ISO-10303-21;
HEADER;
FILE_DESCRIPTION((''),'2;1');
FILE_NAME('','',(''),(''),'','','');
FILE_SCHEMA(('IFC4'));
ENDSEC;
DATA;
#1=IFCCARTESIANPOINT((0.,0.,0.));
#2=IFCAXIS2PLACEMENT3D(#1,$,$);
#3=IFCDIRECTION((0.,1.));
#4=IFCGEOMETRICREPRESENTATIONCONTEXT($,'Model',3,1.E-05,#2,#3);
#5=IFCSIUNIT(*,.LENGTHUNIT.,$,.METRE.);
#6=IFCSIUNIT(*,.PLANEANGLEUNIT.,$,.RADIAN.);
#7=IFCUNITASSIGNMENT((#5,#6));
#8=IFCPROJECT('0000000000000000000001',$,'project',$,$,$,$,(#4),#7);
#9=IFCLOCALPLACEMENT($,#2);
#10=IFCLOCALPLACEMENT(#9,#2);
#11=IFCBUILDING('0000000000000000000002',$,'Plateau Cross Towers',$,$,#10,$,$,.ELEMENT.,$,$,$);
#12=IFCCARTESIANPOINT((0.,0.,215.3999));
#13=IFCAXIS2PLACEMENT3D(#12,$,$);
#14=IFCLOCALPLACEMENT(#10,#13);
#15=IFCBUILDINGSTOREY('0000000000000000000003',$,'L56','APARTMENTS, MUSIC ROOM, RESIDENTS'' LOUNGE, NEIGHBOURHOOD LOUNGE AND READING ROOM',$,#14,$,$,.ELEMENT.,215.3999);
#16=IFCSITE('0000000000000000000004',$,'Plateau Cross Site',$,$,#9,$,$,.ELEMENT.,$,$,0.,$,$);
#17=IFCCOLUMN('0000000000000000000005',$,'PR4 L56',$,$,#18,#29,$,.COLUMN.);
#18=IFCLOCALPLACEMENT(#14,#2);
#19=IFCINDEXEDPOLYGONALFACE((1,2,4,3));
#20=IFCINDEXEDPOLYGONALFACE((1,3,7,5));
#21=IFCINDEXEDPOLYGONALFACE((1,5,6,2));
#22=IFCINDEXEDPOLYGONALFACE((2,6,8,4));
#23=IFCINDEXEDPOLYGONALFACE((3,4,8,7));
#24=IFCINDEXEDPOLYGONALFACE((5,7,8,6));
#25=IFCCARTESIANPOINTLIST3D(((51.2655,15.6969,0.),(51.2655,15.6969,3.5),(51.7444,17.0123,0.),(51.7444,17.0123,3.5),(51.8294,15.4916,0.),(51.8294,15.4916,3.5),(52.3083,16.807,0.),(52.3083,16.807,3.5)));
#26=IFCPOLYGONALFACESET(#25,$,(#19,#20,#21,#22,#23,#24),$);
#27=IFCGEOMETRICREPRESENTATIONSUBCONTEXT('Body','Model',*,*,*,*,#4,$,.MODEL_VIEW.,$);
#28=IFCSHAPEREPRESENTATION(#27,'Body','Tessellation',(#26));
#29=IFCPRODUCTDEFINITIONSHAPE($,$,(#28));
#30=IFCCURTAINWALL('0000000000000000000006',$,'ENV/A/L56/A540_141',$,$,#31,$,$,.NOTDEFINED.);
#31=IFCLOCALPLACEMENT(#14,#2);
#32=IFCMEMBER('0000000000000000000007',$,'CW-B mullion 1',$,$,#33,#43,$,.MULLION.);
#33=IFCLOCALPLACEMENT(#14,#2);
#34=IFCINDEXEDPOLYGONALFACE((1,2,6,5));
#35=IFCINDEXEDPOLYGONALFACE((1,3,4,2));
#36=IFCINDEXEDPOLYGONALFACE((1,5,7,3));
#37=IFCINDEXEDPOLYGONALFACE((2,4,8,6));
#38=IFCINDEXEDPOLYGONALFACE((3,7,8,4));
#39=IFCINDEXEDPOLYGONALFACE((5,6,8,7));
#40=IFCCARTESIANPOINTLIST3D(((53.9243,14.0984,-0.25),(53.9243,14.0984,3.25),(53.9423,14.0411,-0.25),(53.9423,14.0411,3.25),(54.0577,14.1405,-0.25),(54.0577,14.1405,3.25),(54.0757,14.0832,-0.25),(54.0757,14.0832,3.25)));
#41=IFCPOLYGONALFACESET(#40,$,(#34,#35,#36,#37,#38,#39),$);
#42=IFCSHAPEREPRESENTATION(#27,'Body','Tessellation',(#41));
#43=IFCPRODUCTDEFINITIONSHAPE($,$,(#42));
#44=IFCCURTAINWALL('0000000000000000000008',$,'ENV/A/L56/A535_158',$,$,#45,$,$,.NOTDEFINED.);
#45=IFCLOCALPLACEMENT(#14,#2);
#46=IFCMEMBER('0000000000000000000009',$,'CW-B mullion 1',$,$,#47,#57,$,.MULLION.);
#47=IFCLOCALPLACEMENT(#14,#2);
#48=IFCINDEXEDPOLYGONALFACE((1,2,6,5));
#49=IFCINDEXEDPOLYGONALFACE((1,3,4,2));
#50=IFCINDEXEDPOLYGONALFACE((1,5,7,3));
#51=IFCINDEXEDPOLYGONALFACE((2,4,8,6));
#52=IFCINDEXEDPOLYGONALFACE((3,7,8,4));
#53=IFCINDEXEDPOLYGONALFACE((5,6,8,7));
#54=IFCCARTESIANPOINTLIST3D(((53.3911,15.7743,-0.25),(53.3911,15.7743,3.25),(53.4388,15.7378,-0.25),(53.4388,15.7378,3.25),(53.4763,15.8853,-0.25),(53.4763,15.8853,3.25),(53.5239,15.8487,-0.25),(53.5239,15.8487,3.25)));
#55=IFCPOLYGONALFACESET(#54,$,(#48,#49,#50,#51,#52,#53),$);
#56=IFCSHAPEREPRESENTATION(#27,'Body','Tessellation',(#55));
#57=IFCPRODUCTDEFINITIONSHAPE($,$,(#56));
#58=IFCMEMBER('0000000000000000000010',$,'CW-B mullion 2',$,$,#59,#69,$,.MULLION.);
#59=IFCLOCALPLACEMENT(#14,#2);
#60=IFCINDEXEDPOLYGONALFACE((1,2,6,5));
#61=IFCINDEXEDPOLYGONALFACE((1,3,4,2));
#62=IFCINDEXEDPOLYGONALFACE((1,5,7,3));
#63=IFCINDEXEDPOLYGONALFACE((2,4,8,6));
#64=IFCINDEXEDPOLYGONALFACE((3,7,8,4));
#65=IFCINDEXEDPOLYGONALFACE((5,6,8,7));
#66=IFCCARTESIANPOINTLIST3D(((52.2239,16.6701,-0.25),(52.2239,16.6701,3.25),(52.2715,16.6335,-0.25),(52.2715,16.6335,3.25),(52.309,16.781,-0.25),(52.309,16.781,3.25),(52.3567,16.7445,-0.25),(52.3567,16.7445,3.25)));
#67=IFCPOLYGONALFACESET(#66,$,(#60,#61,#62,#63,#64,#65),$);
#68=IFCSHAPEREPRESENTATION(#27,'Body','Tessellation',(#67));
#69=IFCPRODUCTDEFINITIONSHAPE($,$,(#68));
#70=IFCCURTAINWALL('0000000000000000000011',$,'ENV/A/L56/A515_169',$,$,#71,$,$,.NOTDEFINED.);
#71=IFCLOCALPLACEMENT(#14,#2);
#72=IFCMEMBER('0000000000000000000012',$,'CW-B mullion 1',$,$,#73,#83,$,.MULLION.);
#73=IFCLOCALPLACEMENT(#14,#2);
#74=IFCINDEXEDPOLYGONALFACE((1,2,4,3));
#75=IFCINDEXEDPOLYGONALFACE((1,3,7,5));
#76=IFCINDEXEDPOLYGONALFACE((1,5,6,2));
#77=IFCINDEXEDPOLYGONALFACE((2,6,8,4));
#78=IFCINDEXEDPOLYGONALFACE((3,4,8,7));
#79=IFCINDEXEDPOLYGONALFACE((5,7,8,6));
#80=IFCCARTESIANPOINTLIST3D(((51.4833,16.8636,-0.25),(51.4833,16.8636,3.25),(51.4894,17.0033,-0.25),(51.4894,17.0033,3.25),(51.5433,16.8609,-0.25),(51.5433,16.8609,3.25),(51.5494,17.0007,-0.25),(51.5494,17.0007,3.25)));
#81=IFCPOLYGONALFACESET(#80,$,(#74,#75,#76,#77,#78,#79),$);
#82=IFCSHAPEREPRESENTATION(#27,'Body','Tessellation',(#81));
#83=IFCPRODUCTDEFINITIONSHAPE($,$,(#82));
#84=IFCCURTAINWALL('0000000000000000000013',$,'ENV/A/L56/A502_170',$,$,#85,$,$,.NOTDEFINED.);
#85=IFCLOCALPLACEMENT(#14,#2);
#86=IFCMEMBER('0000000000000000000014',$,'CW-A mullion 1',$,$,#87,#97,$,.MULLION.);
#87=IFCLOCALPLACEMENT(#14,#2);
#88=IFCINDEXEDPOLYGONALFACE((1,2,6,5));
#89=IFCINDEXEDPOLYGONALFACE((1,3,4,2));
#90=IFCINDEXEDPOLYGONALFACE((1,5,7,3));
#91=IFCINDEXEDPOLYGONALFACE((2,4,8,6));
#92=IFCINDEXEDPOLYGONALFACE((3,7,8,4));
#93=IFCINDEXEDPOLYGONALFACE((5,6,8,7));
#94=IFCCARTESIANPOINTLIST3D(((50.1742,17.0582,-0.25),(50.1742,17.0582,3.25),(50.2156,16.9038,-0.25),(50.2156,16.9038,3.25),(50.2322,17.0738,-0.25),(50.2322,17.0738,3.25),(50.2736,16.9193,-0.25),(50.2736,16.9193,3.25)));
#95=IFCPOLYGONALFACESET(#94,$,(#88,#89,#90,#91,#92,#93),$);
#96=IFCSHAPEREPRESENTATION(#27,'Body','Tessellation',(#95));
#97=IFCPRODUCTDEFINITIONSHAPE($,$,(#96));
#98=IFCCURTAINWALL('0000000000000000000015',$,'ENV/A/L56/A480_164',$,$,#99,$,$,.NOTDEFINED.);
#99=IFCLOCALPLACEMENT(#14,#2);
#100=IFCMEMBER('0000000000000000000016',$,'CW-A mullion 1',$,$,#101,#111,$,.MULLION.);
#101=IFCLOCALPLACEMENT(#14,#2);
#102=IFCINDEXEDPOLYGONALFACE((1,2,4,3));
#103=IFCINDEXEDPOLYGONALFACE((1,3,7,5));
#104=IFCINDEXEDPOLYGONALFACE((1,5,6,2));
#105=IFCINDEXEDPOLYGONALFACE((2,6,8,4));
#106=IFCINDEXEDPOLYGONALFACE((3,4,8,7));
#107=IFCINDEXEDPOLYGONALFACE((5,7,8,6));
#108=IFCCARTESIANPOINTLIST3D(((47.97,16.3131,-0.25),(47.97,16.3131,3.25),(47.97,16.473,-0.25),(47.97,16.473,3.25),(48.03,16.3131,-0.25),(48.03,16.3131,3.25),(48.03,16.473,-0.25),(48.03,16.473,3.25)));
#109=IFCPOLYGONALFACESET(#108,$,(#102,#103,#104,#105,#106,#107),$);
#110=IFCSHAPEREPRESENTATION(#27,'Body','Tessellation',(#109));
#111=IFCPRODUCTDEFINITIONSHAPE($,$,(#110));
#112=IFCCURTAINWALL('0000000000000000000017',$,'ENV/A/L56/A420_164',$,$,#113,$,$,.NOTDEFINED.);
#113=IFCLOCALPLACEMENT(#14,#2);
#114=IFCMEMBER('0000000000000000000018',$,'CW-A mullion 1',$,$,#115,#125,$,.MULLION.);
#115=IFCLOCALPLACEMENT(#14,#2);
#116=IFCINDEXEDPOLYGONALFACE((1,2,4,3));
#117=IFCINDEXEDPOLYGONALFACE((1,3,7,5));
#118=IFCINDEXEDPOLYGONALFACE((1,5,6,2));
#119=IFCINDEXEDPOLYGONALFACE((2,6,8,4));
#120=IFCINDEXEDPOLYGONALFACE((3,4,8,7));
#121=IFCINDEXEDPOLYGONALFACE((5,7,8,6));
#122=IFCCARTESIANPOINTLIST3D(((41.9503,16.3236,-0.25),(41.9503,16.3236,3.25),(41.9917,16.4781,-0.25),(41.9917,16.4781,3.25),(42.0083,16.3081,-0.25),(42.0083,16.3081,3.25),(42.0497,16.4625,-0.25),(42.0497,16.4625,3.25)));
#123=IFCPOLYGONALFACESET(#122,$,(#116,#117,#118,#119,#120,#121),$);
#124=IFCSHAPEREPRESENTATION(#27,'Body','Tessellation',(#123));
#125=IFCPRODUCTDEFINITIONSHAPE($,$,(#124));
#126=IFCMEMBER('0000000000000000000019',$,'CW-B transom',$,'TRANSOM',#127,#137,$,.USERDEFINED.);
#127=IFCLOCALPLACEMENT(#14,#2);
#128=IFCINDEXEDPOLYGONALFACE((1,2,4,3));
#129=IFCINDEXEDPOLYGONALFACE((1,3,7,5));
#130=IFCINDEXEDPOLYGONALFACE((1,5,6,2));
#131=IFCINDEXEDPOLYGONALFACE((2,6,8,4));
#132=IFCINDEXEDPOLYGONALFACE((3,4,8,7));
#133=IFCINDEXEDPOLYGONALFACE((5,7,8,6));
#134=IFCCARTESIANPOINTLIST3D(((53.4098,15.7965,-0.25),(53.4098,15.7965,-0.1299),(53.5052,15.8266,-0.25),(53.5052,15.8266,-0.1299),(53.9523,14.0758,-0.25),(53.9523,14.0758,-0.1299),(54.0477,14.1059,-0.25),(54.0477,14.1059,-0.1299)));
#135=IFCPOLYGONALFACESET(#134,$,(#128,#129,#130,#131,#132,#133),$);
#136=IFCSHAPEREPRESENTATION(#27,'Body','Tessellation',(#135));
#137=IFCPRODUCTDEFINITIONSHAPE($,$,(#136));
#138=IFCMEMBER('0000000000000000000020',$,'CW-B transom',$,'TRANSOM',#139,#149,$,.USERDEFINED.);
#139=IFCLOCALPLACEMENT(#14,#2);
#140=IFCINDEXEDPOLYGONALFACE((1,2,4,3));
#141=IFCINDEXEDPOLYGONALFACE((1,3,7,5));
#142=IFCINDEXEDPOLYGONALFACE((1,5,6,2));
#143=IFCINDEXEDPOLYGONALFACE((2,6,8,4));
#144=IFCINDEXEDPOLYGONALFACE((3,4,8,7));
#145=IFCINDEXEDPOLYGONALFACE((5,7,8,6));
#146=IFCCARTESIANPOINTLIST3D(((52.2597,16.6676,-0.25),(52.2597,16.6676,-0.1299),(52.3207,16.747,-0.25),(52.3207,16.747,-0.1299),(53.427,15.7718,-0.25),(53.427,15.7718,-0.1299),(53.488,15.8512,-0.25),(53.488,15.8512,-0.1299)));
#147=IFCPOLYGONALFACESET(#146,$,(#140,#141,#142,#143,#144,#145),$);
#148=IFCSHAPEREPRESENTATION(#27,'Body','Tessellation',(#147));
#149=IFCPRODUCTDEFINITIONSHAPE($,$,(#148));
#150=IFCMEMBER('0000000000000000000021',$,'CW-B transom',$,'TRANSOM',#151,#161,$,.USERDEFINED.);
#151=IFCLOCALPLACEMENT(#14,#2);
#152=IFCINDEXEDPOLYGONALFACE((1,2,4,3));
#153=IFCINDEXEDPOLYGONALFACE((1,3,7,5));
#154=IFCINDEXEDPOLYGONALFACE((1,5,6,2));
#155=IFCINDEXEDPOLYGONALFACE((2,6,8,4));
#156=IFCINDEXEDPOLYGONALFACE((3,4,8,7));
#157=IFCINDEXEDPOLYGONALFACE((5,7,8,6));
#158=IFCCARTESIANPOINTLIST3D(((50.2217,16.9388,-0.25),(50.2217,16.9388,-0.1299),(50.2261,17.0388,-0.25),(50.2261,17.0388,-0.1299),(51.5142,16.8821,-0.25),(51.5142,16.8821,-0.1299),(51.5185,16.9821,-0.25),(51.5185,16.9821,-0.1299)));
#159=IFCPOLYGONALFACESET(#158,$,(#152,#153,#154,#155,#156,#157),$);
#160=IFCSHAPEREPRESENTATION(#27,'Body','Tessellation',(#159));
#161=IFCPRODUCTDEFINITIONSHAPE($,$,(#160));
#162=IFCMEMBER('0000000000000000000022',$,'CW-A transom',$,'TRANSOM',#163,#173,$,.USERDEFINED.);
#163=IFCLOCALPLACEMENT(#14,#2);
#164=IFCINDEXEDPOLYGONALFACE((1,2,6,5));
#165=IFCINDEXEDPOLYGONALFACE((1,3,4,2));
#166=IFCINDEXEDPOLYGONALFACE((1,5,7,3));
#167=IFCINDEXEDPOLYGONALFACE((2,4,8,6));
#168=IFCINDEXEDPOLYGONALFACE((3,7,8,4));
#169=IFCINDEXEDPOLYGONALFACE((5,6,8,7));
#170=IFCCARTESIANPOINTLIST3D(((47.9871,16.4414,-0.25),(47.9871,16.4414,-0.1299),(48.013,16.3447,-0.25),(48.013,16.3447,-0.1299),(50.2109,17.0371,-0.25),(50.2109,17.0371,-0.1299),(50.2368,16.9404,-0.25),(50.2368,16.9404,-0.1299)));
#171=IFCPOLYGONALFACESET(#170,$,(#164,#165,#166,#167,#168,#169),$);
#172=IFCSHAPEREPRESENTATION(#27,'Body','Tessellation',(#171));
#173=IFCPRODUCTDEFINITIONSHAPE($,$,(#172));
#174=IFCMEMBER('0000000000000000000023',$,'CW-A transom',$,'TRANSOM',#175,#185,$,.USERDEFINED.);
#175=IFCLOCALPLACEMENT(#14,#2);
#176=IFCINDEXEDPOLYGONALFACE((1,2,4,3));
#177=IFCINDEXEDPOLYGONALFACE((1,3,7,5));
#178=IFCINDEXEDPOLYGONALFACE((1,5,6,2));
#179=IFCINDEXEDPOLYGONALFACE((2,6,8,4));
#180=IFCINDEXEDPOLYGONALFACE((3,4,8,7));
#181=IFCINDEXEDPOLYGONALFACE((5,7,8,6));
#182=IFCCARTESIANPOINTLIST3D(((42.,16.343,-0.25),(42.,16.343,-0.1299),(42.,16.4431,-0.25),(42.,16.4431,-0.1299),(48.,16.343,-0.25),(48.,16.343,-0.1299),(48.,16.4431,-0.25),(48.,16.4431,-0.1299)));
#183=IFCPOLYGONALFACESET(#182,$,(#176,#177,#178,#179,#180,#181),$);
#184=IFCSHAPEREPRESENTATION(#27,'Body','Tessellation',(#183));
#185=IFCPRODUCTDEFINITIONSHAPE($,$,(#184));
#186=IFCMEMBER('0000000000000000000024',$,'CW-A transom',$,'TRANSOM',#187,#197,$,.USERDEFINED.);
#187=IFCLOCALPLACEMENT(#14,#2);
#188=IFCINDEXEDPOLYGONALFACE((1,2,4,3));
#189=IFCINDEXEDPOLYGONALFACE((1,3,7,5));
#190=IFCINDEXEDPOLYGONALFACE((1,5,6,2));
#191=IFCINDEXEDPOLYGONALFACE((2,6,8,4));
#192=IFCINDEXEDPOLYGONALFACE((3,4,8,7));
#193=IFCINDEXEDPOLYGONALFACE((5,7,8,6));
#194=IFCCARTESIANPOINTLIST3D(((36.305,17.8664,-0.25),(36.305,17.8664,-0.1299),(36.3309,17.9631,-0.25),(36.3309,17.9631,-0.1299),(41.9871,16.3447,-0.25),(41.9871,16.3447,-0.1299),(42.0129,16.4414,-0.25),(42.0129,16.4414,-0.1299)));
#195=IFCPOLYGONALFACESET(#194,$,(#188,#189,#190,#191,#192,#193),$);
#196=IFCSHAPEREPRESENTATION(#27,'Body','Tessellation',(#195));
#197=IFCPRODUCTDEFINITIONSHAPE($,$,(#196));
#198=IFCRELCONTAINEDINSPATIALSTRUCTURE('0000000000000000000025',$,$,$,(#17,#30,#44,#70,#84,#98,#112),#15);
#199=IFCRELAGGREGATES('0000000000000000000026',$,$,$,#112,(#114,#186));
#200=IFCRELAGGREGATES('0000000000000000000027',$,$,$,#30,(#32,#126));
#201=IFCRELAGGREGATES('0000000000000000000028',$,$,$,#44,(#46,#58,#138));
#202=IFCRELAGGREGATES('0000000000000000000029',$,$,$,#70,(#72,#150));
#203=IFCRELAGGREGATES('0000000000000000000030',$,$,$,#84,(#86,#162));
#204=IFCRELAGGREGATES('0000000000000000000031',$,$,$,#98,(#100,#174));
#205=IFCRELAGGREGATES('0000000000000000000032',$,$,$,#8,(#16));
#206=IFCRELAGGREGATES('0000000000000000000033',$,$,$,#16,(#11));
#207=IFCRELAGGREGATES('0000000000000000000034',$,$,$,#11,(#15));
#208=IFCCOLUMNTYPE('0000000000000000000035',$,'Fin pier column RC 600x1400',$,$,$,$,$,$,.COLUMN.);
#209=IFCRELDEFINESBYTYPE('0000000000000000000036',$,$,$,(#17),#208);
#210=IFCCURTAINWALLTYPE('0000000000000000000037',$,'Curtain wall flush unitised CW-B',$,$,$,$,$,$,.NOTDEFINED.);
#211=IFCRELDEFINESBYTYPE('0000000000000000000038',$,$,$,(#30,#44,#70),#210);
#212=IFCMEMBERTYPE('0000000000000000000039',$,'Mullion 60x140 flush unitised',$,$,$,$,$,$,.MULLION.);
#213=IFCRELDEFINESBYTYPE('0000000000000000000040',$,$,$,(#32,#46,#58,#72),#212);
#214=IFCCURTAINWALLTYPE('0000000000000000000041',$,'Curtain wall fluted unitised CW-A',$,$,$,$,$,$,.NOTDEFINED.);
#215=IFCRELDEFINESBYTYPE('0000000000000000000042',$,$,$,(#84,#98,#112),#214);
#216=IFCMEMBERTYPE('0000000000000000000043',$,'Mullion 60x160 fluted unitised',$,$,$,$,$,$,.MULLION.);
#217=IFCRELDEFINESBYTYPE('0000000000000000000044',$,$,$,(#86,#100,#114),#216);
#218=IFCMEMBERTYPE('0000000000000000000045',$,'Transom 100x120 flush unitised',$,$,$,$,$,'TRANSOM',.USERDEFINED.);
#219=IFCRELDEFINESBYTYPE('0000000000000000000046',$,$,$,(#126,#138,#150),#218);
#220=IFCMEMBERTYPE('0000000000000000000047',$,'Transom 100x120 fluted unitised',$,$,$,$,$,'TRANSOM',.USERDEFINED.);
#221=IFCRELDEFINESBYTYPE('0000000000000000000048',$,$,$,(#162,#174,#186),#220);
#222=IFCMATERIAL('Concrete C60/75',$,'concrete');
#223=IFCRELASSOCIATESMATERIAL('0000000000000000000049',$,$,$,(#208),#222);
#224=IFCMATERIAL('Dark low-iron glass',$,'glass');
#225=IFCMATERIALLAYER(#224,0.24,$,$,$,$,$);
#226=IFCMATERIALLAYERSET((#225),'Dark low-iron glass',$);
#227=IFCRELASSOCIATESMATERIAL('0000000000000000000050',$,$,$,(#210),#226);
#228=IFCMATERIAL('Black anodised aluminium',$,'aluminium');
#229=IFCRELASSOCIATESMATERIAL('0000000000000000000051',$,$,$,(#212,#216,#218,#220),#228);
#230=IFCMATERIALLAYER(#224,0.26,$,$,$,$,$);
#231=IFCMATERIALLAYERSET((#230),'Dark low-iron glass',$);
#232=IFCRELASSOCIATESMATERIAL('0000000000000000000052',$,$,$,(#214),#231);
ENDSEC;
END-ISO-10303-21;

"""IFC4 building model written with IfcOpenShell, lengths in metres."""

from ifc_helpers import new_model, si_unit, direction, frame, origin, origin_2d, place, context, subcontext, project, spatial, rectangle, extrude, material, layer, layer_set, material_profile, profile_set, type_object, element, aggregate, save


model = new_model("IFC4")

# Units and contexts
model_context = context("Model", 3, precision=1e-05, world=origin(), true_north=direction((0.0, 1.0)))
body_context = subcontext(model_context, "Body", "Model", "MODEL_VIEW")
ifc_project = project(units=[si_unit("LENGTHUNIT", "METRE"), si_unit("PLANEANGLEUNIT", "RADIAN")], contexts=[model_context])

# Site, building, storey
site_placement = place(None, origin())
site = spatial("IfcSite", under=ifc_project, at=site_placement, Name="Plateau Cross Site", CompositionType="ELEMENT", RefElevation=0.0)
building_placement = place(site_placement, origin())
building = spatial("IfcBuilding", under=site, at=building_placement, Name="Plateau Cross Towers", CompositionType="ELEMENT")
storey_placement = place(building_placement, frame((0.0, 0.0, 215.3999)))
storey = spatial("IfcBuildingStorey", under=building, at=storey_placement, Name="L56", Description="APARTMENTS, MUSIC ROOM, RESIDENTS' LOUNGE, NEIGHBOURHOOD LOUNGE AND READING ROOM", CompositionType="ELEMENT", Elevation=215.3999)

# Column
ifc_material_1 = material(Name="Concrete C60/75", Category="concrete")
ifc_material_profile_1 = material_profile(ifc_material_1, rectangle(XDim=0.6001, YDim=1.3999, at=origin_2d()), Name="RC 600x1400")
ifc_profile_set_1 = profile_set([ifc_material_profile_1], Name="Concrete C60/75")
column_type = type_object("IfcColumnType", Name="Fin pier column RC 600x1400", PredefinedType="COLUMN", material=ifc_profile_set_1)
column_placement = place(storey_placement, frame((51.7869, 16.252, 0.0), z_axis=(0.0, 0.0, 1.0), x_axis=(-0.939664, 0.342098, 0.0)))
element("IfcColumn", 1, at=column_placement, inside=storey, type_object=column_type, Name="PR4 L56", PredefinedType="COLUMN", context=body_context, shape_type="SweptSolid", body=[
    extrude(rectangle(XDim=0.6001, YDim=1.3999, at=origin_2d()), origin(), (0.0, 0.0, 1.0), 3.5),
])

# Curtain wall, member
ifc_material_2 = material(Name="Dark low-iron glass", Category="glass")
ifc_layer_1 = layer(ifc_material_2, 0.24)
ifc_layer_set_1 = layer_set([ifc_layer_1], Name="Dark low-iron glass")
curtain_wall_type_1 = type_object("IfcCurtainWallType", Name="Curtain wall flush unitised CW-B", PredefinedType="NOTDEFINED", material=ifc_layer_set_1)
curtain_wall_1_placement = place(storey_placement, origin())
curtain_wall_1 = element("IfcCurtainWall", 2, at=curtain_wall_1_placement, inside=storey, type_object=curtain_wall_type_1, Name="ENV/A/L56/A540_141", PredefinedType="NOTDEFINED")
ifc_material_3 = material(Name="Black anodised aluminium", Category="aluminium")
ifc_material_profile_2 = material_profile(ifc_material_3, rectangle(XDim=0.0601, YDim=0.1399, at=origin_2d()), Name="MULLION 60x140")
ifc_profile_set_2 = profile_set([ifc_material_profile_2], Name="Black anodised aluminium")
member_type_1 = type_object("IfcMemberType", Name="Mullion 60x140 flush unitised", PredefinedType="MULLION", material=ifc_profile_set_2)
member_1_placement = place(storey_placement, frame((54.0, 14.0908, -0.25), z_axis=(0.0, 0.0, 1.0), x_axis=(-0.300686, 0.953723, 0.0)))
member_1 = element("IfcMember", 3, at=member_1_placement, type_object=member_type_1, Name="CW-B mullion 1", PredefinedType="MULLION", context=body_context, shape_type="SweptSolid", body=[
    extrude(rectangle(XDim=0.0601, YDim=0.1399, at=origin_2d()), origin(), (0.0, 0.0, 1.0), 3.5),
])

# Curtain wall, members
curtain_wall_2_placement = place(storey_placement, origin())
curtain_wall_2 = element("IfcCurtainWall", 4, at=curtain_wall_2_placement, inside=storey, type_object=curtain_wall_type_1, Name="ENV/A/L56/A535_158", PredefinedType="NOTDEFINED")
member_2_placement = place(storey_placement, frame((53.4575, 15.8115, -0.25), z_axis=(0.0, 0.0, 1.0), x_axis=(-0.793316, 0.608811, 0.0)))
member_2 = element("IfcMember", 5, at=member_2_placement, type_object=member_type_1, Name="CW-B mullion 1", PredefinedType="MULLION", context=body_context, shape_type="SweptSolid", body=[
    extrude(rectangle(XDim=0.0601, YDim=0.1399, at=origin_2d()), origin(), (0.0, 0.0, 1.0), 3.5),
])
member_3_placement = place(storey_placement, frame((52.2903, 16.7073, -0.25), z_axis=(0.0, 0.0, 1.0), x_axis=(-0.793316, 0.608811, 0.0)))
member_3 = element("IfcMember", 6, at=member_3_placement, type_object=member_type_1, Name="CW-B mullion 2", PredefinedType="MULLION", context=body_context, shape_type="SweptSolid", body=[
    extrude(rectangle(XDim=0.0601, YDim=0.1399, at=origin_2d()), origin(), (0.0, 0.0, 1.0), 3.5),
])

# Curtain walls, members
curtain_wall_3_placement = place(storey_placement, origin())
curtain_wall_3 = element("IfcCurtainWall", 7, at=curtain_wall_3_placement, inside=storey, type_object=curtain_wall_type_1, Name="ENV/A/L56/A515_169", PredefinedType="NOTDEFINED")
member_4_placement = place(storey_placement, frame((51.5164, 16.9321, -0.25), z_axis=(0.0, 0.0, 1.0), x_axis=(-0.999044, 0.043723, 0.0)))
member_4 = element("IfcMember", 8, at=member_4_placement, type_object=member_type_1, Name="CW-B mullion 1", PredefinedType="MULLION", context=body_context, shape_type="SweptSolid", body=[
    extrude(rectangle(XDim=0.0601, YDim=0.1399, at=origin_2d()), origin(), (0.0, 0.0, 1.0), 3.5),
])
ifc_layer_2 = layer(ifc_material_2, 0.26)
ifc_layer_set_2 = layer_set([ifc_layer_2], Name="Dark low-iron glass")
curtain_wall_type_2 = type_object("IfcCurtainWallType", Name="Curtain wall fluted unitised CW-A", PredefinedType="NOTDEFINED", material=ifc_layer_set_2)
curtain_wall_4_placement = place(storey_placement, origin())
curtain_wall_4 = element("IfcCurtainWall", 9, at=curtain_wall_4_placement, inside=storey, type_object=curtain_wall_type_2, Name="ENV/A/L56/A502_170", PredefinedType="NOTDEFINED")
ifc_material_profile_3 = material_profile(ifc_material_3, rectangle(XDim=0.0601, YDim=0.1599, at=origin_2d()), Name="MULLION 60x160")
ifc_profile_set_3 = profile_set([ifc_material_profile_3], Name="Black anodised aluminium")
member_type_2 = type_object("IfcMemberType", Name="Mullion 60x160 fluted unitised", PredefinedType="MULLION", material=ifc_profile_set_3)
member_5_placement = place(storey_placement, frame((50.2239, 16.9888, -0.25), z_axis=(0.0, 0.0, 1.0), x_axis=(-0.965958, -0.258699, 0.0)))
member_5 = element("IfcMember", 10, at=member_5_placement, type_object=member_type_2, Name="CW-A mullion 1", PredefinedType="MULLION", context=body_context, shape_type="SweptSolid", body=[
    extrude(rectangle(XDim=0.0601, YDim=0.1599, at=origin_2d()), origin(), (0.0, 0.0, 1.0), 3.5),
])
curtain_wall_5_placement = place(storey_placement, origin())
curtain_wall_5 = element("IfcCurtainWall", 11, at=curtain_wall_5_placement, inside=storey, type_object=curtain_wall_type_2, Name="ENV/A/L56/A480_164", PredefinedType="NOTDEFINED")
member_6_placement = place(storey_placement, frame((48.0, 16.3931, -0.25), z_axis=(0.0, 0.0, 1.0), x_axis=(-1.0, 0.0, 0.0)))
member_6 = element("IfcMember", 12, at=member_6_placement, type_object=member_type_2, Name="CW-A mullion 1", PredefinedType="MULLION", context=body_context, shape_type="SweptSolid", body=[
    extrude(rectangle(XDim=0.0601, YDim=0.1599, at=origin_2d()), origin(), (0.0, 0.0, 1.0), 3.5),
])
curtain_wall_6_placement = place(storey_placement, origin())
curtain_wall_6 = element("IfcCurtainWall", 13, at=curtain_wall_6_placement, inside=storey, type_object=curtain_wall_type_2, Name="ENV/A/L56/A420_164", PredefinedType="NOTDEFINED")
member_7_placement = place(storey_placement, frame((42.0, 16.3931, -0.25), z_axis=(0.0, 0.0, 1.0), x_axis=(-0.965958, 0.258699, 0.0)))
member_7 = element("IfcMember", 14, at=member_7_placement, type_object=member_type_2, Name="CW-A mullion 1", PredefinedType="MULLION", context=body_context, shape_type="SweptSolid", body=[
    extrude(rectangle(XDim=0.0601, YDim=0.1599, at=origin_2d()), origin(), (0.0, 0.0, 1.0), 3.5),
])

# Members
ifc_material_profile_4 = material_profile(ifc_material_3, rectangle(XDim=0.1001, YDim=0.1201, at=origin_2d()), Name="TRANSOM 100x120")
ifc_profile_set_4 = profile_set([ifc_material_profile_4], Name="Black anodised aluminium")
member_type_3 = type_object("IfcMemberType", Name="Transom 100x120 flush unitised", ElementType="TRANSOM", PredefinedType="USERDEFINED", material=ifc_profile_set_4)
member_8_placement = place(storey_placement, frame((54.0, 14.0908, -0.1899), z_axis=(-0.300678, 0.953726, 0.0), x_axis=(-0.953726, -0.300678, 0.0)))
member_8 = element("IfcMember", 15, at=member_8_placement, type_object=member_type_3, Name="CW-B transom", ObjectType="TRANSOM", PredefinedType="USERDEFINED", context=body_context, shape_type="SweptSolid", body=[
    extrude(rectangle(XDim=0.1001, YDim=0.1201, at=origin_2d()), origin(), (0.0, 0.0, 1.0), 1.8042),
])
member_9_placement = place(storey_placement, frame((53.4575, 15.8115, -0.1899), z_axis=(-0.793321, 0.608804, 0.0), x_axis=(-0.608804, -0.793321, 0.0)))
member_9 = element("IfcMember", 16, at=member_9_placement, type_object=member_type_3, Name="CW-B transom", ObjectType="TRANSOM", PredefinedType="USERDEFINED", context=body_context, shape_type="SweptSolid", body=[
    extrude(rectangle(XDim=0.1001, YDim=0.1201, at=origin_2d()), origin(), (0.0, 0.0, 1.0), 1.4714),
])
member_10_placement = place(storey_placement, frame((51.5164, 16.9321, -0.1899), z_axis=(-0.999041, 0.043781, 0.0), x_axis=(-0.043781, -0.999041, 0.0)))
member_10 = element("IfcMember", 17, at=member_10_placement, type_object=member_type_3, Name="CW-B transom", ObjectType="TRANSOM", PredefinedType="USERDEFINED", context=body_context, shape_type="SweptSolid", body=[
    extrude(rectangle(XDim=0.1001, YDim=0.1201, at=origin_2d()), origin(), (0.0, 0.0, 1.0), 1.2937),
])
ifc_material_profile_5 = material_profile(ifc_material_3, rectangle(XDim=0.1001, YDim=0.1201, at=origin_2d()), Name="TRANSOM 100x120")
ifc_profile_set_5 = profile_set([ifc_material_profile_5], Name="Black anodised aluminium")
member_type_4 = type_object("IfcMemberType", Name="Transom 100x120 fluted unitised", ElementType="TRANSOM", PredefinedType="USERDEFINED", material=ifc_profile_set_5)
member_11_placement = place(storey_placement, frame((50.2239, 16.9888, -0.1899), z_axis=(-0.965946, -0.258745, 0.0), x_axis=(0.258745, -0.965946, 0.0)))
member_11 = element("IfcMember", 18, at=member_11_placement, type_object=member_type_4, Name="CW-A transom", ObjectType="TRANSOM", PredefinedType="USERDEFINED", context=body_context, shape_type="SweptSolid", body=[
    extrude(rectangle(XDim=0.1001, YDim=0.1201, at=origin_2d()), origin(), (0.0, 0.0, 1.0), 2.3022),
])
member_12_placement = place(storey_placement, frame((48.0, 16.3931, -0.1899), z_axis=(-1.0, 0.0, 0.0), x_axis=(0.0, -1.0, 0.0)))
member_12 = element("IfcMember", 19, at=member_12_placement, type_object=member_type_4, Name="CW-A transom", ObjectType="TRANSOM", PredefinedType="USERDEFINED", context=body_context, shape_type="SweptSolid", body=[
    extrude(rectangle(XDim=0.1001, YDim=0.1201, at=origin_2d()), origin(), (0.0, 0.0, 1.0), 6.0),
])
member_13_placement = place(storey_placement, frame((42.0, 16.3931, -0.1899), z_axis=(-0.96596, 0.258693, 0.0), x_axis=(-0.258693, -0.96596, 0.0)))
member_13 = element("IfcMember", 20, at=member_13_placement, type_object=member_type_4, Name="CW-A transom", ObjectType="TRANSOM", PredefinedType="USERDEFINED", context=body_context, shape_type="SweptSolid", body=[
    extrude(rectangle(XDim=0.1001, YDim=0.1201, at=origin_2d()), origin(), (0.0, 0.0, 1.0), 5.8823),
])
aggregate(curtain_wall_6, [member_7, member_13])

aggregate(curtain_wall_1, [member_1, member_8])
aggregate(curtain_wall_2, [member_2, member_3, member_9])
aggregate(curtain_wall_3, [member_4, member_10])
aggregate(curtain_wall_4, [member_5, member_11])
aggregate(curtain_wall_5, [member_6, member_12])

save(model, "model.ifc")
